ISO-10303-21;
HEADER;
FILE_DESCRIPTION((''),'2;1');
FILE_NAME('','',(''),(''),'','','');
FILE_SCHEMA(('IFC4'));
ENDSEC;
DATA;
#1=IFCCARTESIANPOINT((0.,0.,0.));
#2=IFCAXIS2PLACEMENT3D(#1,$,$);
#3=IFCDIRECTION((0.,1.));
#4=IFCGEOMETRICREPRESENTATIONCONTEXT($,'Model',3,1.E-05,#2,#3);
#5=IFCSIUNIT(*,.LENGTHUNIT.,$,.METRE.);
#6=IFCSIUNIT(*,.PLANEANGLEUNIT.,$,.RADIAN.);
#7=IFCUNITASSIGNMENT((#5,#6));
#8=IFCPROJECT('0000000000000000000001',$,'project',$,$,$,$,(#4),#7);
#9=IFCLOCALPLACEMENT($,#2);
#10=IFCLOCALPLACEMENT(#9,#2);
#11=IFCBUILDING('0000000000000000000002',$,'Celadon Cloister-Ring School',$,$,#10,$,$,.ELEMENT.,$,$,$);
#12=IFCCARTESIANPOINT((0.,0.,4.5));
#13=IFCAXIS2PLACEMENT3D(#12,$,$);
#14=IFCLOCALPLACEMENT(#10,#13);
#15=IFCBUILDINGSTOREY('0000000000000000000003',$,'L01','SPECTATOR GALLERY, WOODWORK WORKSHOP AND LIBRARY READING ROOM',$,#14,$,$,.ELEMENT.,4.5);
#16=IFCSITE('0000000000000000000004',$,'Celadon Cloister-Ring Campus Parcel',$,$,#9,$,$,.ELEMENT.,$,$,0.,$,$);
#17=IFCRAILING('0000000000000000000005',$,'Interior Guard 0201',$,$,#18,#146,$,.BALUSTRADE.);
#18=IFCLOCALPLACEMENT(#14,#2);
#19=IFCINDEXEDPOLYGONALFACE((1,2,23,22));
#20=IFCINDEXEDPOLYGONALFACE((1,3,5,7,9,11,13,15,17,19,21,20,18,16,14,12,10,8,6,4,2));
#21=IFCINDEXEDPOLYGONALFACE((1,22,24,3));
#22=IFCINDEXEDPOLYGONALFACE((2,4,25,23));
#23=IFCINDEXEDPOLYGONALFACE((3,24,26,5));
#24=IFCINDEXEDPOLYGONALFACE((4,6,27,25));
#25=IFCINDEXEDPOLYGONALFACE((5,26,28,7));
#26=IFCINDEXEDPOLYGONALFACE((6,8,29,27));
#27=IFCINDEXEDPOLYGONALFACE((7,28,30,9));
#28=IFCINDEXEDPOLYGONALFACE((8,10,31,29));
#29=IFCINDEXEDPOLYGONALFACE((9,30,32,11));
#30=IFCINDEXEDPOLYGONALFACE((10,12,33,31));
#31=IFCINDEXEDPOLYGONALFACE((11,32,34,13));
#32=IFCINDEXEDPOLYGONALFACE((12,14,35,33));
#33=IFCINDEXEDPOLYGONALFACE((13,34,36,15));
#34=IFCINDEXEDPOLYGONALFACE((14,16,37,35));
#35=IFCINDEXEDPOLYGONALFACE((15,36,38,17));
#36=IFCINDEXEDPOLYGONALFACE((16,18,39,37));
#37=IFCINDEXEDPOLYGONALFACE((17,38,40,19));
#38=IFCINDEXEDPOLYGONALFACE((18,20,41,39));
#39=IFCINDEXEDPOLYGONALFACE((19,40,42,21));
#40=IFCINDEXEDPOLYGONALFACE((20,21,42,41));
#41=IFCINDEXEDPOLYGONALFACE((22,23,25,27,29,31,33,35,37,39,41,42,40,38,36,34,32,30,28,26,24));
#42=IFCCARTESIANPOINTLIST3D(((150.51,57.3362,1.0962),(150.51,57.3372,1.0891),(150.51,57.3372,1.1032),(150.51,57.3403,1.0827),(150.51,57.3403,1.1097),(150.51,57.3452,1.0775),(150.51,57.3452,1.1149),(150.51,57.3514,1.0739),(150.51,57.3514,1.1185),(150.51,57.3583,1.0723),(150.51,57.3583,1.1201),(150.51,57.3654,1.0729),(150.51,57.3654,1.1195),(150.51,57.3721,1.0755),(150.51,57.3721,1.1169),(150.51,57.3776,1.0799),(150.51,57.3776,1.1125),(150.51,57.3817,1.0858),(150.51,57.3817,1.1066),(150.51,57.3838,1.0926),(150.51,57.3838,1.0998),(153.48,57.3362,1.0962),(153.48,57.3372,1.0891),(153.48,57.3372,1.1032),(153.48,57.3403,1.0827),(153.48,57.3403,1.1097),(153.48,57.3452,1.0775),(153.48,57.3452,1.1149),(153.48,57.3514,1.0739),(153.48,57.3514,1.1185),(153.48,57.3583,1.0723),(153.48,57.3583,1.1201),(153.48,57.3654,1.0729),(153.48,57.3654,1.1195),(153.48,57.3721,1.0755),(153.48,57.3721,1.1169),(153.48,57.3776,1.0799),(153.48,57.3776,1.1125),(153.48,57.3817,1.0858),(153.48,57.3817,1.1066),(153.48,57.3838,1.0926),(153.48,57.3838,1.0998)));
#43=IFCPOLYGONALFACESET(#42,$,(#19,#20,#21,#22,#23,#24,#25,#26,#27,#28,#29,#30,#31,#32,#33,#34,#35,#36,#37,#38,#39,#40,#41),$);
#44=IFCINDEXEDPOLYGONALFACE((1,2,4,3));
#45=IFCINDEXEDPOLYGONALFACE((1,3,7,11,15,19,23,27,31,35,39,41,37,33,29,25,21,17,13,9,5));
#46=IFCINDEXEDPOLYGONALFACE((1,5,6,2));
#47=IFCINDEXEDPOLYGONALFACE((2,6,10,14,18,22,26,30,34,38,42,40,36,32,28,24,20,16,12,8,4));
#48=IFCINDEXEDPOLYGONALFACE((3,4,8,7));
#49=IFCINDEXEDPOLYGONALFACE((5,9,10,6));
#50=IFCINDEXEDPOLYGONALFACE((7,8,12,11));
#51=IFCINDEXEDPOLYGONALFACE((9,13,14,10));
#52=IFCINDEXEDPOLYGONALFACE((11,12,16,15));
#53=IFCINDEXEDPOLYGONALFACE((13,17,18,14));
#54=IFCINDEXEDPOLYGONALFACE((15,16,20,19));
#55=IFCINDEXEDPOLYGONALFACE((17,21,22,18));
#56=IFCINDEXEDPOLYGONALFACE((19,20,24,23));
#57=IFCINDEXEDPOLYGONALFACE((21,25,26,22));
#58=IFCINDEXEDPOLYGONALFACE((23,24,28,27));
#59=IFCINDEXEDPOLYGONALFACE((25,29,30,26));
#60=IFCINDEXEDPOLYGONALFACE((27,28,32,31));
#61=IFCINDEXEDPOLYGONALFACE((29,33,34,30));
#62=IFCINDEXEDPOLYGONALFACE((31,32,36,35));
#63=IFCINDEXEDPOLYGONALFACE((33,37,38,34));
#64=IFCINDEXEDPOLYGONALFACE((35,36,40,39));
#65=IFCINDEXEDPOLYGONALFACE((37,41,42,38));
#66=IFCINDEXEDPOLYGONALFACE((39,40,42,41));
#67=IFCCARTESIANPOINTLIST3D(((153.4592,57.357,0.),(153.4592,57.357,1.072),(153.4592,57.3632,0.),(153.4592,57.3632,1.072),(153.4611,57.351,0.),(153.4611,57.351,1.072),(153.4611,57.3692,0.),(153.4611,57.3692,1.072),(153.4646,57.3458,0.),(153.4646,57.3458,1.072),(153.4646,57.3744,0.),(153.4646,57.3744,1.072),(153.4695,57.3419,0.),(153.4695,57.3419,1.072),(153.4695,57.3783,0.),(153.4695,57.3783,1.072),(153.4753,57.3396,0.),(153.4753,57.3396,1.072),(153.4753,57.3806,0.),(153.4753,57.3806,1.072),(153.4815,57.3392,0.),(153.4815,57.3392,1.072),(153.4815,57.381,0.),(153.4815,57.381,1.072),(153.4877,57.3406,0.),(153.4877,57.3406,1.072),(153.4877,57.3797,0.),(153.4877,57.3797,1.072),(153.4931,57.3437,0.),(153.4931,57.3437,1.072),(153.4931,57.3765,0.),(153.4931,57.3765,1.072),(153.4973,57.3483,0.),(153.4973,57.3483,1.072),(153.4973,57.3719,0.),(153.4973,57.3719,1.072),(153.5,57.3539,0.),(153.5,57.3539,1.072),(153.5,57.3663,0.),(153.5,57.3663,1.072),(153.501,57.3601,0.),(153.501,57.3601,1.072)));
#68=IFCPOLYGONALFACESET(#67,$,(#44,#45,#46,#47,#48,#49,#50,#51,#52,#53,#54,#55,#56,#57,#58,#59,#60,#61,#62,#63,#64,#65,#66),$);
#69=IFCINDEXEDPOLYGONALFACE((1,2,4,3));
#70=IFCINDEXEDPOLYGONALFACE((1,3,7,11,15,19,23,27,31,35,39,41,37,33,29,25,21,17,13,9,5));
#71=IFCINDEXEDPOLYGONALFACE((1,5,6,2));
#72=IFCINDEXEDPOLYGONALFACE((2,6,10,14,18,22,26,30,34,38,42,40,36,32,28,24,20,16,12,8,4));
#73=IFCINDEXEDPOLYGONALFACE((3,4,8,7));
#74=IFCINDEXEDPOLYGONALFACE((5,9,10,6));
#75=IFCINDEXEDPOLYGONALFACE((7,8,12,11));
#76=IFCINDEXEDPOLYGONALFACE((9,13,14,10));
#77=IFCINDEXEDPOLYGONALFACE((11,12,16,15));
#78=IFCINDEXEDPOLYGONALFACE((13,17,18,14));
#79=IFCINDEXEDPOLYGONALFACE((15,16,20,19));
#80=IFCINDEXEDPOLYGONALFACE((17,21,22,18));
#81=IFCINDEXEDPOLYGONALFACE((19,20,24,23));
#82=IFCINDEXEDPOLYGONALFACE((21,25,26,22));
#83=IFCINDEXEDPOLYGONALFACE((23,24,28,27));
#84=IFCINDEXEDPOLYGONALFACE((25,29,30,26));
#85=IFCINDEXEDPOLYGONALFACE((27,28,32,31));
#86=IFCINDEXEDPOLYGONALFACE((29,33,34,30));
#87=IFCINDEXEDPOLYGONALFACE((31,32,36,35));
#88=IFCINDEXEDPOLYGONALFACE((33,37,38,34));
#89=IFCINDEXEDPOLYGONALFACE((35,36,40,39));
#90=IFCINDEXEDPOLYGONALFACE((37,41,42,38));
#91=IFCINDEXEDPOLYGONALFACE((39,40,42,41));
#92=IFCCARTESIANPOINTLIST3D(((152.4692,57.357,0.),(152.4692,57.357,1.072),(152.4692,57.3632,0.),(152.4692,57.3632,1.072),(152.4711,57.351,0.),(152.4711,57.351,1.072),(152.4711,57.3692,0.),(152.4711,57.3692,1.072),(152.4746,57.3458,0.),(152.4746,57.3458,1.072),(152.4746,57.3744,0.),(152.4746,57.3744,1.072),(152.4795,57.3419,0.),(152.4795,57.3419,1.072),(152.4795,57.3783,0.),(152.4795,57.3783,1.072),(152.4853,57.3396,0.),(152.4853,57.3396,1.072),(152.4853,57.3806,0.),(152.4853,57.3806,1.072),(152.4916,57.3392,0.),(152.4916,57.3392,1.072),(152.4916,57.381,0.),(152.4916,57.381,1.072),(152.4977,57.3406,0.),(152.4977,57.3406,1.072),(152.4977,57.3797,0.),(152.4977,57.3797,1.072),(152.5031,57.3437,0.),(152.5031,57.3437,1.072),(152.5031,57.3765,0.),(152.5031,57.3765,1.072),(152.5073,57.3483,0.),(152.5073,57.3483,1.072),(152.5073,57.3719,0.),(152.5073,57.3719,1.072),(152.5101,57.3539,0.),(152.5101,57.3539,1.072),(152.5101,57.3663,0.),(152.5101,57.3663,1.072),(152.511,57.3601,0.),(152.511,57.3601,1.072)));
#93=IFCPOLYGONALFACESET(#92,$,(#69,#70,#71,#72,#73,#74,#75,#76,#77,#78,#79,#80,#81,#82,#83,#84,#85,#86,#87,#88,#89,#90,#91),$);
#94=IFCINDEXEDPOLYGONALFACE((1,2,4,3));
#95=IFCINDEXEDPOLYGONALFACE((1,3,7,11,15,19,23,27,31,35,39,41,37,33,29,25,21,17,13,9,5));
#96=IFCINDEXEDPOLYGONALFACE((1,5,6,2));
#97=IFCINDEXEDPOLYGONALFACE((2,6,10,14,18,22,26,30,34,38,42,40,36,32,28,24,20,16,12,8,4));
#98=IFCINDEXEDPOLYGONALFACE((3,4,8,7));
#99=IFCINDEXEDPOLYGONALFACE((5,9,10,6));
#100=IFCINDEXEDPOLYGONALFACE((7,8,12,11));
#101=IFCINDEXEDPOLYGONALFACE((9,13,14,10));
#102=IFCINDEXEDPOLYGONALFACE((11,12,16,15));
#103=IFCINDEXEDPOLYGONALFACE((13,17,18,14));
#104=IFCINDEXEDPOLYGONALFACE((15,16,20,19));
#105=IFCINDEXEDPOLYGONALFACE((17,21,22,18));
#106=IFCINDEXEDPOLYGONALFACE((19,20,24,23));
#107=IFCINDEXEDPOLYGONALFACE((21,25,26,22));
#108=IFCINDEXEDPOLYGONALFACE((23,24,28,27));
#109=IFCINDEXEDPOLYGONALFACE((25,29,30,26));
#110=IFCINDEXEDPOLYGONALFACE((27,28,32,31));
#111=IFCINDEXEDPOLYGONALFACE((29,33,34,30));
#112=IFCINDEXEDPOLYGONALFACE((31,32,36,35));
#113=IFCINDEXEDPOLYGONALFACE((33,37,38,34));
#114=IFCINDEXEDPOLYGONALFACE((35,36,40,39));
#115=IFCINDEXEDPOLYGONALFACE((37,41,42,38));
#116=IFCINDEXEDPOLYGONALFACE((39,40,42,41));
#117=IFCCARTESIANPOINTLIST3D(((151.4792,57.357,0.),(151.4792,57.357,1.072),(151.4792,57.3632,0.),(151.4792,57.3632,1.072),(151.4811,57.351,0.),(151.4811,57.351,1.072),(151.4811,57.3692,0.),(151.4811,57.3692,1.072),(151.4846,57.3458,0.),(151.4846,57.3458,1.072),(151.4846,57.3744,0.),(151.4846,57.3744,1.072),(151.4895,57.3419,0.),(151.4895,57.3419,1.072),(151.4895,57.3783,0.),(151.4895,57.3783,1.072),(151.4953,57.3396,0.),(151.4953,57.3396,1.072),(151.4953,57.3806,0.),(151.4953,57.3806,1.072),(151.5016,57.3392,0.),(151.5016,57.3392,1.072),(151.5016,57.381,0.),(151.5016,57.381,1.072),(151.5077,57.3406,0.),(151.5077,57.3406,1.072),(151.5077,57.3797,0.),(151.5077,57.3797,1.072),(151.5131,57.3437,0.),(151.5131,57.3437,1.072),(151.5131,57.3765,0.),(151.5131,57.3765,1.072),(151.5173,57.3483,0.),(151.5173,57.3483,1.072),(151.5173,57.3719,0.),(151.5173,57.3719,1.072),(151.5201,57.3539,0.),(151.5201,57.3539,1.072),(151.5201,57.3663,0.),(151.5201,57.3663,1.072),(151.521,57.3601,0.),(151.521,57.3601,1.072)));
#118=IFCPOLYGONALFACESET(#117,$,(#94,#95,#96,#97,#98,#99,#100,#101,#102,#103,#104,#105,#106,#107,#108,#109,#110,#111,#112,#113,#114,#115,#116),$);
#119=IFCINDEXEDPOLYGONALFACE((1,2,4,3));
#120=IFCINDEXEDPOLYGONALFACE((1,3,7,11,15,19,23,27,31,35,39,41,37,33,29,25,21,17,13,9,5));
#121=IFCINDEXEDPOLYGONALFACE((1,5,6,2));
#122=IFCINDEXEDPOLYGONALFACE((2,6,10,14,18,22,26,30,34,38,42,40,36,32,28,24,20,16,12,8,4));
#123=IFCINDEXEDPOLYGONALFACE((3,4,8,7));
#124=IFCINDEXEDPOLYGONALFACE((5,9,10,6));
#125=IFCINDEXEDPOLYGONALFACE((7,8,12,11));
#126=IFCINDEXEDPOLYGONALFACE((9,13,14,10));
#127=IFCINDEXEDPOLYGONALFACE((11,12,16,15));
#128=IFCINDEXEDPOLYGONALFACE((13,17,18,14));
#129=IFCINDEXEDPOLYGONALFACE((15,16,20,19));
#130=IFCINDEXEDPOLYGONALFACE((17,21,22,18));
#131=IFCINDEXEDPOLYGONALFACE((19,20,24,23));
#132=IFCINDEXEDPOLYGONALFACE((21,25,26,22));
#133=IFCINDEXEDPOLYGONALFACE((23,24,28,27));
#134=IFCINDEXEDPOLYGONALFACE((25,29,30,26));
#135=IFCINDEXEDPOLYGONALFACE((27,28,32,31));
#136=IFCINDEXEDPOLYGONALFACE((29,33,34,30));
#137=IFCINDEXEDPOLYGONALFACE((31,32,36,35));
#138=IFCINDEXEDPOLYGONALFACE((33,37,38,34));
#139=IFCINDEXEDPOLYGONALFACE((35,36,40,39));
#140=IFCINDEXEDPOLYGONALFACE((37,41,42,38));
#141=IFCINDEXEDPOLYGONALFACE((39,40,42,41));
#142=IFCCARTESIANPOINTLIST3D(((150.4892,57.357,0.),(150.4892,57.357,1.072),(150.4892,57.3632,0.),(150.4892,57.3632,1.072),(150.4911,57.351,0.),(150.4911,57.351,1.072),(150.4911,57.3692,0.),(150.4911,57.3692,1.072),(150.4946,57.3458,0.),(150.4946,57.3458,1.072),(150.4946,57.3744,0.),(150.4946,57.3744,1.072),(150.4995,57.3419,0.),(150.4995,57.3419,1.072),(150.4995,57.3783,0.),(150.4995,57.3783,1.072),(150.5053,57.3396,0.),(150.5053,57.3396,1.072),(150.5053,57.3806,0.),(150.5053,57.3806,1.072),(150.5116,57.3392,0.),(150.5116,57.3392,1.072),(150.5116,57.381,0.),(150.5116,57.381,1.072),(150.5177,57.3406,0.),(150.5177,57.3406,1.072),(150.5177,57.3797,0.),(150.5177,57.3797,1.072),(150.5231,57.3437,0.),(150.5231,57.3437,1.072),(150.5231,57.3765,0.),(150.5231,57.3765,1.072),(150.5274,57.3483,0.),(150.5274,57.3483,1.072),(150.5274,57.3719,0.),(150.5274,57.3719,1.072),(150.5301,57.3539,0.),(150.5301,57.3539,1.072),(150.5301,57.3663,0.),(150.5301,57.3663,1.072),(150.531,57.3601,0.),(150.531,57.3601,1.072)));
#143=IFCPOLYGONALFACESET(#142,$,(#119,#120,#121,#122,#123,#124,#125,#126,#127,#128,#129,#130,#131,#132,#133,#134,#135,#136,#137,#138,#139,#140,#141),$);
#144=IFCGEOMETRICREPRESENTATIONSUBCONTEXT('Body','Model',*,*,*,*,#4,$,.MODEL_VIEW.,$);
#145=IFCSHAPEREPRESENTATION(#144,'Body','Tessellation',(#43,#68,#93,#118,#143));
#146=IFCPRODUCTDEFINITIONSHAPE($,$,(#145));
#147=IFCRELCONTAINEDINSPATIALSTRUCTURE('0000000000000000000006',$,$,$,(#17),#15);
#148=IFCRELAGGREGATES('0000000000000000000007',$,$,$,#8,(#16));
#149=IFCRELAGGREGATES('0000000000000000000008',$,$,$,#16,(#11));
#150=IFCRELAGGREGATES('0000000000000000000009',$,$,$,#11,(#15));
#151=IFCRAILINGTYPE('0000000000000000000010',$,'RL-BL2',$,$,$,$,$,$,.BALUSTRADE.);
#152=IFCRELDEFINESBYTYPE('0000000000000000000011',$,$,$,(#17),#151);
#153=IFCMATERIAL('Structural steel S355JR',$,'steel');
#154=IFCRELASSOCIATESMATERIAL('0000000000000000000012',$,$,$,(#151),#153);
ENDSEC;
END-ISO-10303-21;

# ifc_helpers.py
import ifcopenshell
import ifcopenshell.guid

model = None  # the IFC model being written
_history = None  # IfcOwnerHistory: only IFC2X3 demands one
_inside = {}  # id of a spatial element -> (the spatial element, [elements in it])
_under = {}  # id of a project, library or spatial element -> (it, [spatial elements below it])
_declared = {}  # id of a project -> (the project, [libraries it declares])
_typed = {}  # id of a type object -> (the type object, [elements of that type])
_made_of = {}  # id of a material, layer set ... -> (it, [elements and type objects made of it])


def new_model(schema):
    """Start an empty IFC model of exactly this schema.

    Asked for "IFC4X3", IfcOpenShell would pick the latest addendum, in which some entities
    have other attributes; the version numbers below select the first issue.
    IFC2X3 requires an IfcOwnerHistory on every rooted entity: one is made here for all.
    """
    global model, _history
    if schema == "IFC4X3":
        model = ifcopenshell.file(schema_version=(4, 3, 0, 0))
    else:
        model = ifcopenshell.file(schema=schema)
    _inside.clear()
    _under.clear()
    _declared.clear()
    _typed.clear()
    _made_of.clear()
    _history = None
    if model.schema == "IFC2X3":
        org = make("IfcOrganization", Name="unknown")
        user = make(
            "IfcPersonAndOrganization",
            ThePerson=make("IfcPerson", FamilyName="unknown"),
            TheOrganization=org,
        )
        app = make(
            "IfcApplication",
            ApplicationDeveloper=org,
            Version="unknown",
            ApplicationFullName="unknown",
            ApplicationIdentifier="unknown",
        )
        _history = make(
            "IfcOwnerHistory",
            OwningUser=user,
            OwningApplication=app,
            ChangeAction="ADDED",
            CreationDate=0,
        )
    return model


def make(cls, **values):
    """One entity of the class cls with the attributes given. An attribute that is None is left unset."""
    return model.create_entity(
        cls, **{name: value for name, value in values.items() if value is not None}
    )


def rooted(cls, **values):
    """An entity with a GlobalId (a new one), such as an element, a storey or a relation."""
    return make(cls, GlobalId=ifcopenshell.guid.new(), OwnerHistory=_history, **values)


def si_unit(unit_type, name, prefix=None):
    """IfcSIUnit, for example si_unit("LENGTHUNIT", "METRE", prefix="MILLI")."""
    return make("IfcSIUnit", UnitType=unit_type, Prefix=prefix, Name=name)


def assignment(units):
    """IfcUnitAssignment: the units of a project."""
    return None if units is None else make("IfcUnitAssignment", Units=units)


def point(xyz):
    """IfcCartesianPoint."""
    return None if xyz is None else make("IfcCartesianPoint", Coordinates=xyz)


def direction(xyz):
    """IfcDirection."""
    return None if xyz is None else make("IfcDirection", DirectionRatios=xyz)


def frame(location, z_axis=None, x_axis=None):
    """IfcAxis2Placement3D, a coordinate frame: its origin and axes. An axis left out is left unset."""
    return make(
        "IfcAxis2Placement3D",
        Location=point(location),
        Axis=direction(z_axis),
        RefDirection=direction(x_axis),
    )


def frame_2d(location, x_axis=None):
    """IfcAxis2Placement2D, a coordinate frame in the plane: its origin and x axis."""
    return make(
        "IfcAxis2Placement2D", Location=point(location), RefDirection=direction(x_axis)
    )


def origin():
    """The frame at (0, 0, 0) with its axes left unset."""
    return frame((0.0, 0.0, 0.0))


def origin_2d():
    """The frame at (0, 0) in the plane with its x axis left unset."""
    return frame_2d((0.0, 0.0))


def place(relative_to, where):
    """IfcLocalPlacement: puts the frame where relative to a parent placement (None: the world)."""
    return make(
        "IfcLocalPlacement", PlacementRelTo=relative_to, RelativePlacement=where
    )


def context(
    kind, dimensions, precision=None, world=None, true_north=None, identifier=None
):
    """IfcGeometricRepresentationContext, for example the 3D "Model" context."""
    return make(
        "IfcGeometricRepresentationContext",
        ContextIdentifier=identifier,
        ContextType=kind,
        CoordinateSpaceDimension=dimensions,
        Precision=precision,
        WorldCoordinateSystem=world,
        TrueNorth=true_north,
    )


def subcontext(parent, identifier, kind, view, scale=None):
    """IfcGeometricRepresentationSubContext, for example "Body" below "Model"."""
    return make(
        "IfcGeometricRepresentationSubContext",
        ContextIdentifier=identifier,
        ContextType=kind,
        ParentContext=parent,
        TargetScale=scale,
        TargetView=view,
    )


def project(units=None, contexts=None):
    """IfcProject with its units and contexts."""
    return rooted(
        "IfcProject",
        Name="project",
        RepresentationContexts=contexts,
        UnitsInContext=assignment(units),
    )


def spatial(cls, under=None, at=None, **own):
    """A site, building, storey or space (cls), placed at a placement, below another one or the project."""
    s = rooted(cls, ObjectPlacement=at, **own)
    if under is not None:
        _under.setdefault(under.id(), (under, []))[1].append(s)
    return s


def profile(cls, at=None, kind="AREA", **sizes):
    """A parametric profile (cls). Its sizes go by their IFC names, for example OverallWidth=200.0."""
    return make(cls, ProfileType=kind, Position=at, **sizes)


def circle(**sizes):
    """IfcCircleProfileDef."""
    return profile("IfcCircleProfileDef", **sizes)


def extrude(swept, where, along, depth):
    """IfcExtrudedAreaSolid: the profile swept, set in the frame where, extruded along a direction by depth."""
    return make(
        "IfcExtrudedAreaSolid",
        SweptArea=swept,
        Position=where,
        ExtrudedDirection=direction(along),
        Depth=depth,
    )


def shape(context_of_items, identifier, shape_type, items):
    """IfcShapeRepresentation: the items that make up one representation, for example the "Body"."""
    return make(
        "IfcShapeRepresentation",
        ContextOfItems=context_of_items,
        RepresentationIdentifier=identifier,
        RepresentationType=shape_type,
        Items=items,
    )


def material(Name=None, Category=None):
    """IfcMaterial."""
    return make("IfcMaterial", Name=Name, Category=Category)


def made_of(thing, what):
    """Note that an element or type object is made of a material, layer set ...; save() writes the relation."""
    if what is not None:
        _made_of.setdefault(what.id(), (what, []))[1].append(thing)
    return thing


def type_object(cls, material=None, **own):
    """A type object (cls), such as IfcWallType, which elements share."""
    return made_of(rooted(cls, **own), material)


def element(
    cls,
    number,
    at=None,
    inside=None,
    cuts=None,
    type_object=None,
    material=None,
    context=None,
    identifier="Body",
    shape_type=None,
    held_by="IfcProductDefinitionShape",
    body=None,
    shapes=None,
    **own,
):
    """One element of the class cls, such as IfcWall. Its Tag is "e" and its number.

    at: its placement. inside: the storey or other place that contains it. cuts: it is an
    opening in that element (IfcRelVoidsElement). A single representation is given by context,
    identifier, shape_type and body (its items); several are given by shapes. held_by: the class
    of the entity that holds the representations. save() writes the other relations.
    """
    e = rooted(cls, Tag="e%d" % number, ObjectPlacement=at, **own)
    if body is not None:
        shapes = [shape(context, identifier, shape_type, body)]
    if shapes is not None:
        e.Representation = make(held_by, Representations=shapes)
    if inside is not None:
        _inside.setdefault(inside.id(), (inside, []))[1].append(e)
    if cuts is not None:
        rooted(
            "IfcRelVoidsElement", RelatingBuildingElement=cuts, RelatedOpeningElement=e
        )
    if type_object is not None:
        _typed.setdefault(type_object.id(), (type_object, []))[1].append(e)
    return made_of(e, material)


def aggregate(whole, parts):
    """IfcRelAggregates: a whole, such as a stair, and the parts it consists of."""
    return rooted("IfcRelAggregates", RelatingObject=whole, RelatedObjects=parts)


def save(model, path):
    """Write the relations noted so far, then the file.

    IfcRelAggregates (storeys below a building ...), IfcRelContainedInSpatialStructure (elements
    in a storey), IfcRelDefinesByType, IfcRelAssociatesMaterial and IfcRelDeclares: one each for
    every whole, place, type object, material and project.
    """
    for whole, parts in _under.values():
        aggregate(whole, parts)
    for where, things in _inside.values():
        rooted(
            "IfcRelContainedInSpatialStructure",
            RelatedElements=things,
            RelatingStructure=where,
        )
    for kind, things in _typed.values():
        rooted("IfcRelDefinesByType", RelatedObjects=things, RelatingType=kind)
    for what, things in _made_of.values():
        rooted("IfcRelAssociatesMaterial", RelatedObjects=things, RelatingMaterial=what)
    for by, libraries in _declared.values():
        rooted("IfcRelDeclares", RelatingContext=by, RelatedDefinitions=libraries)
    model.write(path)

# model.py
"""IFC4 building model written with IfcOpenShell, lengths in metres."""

from ifc_helpers import new_model, si_unit, direction, frame, origin, origin_2d, place, context, subcontext, project, spatial, circle, extrude, material, type_object, element, save


model = new_model("IFC4")

# Units and contexts
model_context = context("Model", 3, precision=1e-05, world=origin(), true_north=direction((0.0, 1.0)))
body_context = subcontext(model_context, "Body", "Model", "MODEL_VIEW")
ifc_project = project(units=[si_unit("LENGTHUNIT", "METRE"), si_unit("PLANEANGLEUNIT", "RADIAN")], contexts=[model_context])

# Site, building, storey
site_placement = place(None, origin())
site = spatial("IfcSite", under=ifc_project, at=site_placement, Name="Celadon Cloister-Ring Campus Parcel", CompositionType="ELEMENT", RefElevation=0.0)
building_placement = place(site_placement, origin())
building = spatial("IfcBuilding", under=site, at=building_placement, Name="Celadon Cloister-Ring School", CompositionType="ELEMENT")
storey_placement = place(building_placement, frame((0.0, 0.0, 4.5)))
storey = spatial("IfcBuildingStorey", under=building, at=storey_placement, Name="L01", Description="SPECTATOR GALLERY, WOODWORK WORKSHOP AND LIBRARY READING ROOM", CompositionType="ELEMENT", Elevation=4.5)

# Railing
ifc_material_1 = material(Name="Structural steel S355JR", Category="steel")
railing_type_1 = type_object("IfcRailingType", Name="RL-BL2", PredefinedType="BALUSTRADE", material=ifc_material_1)
railing_1_placement = place(storey_placement, frame((153.48, 57.3601, 0.0)))
element("IfcRailing", 1, at=railing_1_placement, inside=storey, type_object=railing_type_1, Name="Interior Guard 0201", PredefinedType="BALUSTRADE", context=body_context, shape_type="SweptSolid", body=[
    extrude(circle(Radius=0.0239, at=origin_2d()), frame((0.0, 0.0, 1.0962), z_axis=(-1.0, 0.0, 0.0), x_axis=(0.0, -1.0, 0.0)), (0.0, 0.0, 1.0), 2.97),
    extrude(circle(Radius=0.021, at=origin_2d()), origin(), (0.0, 0.0, 1.0), 1.072),
    extrude(circle(Radius=0.021, at=origin_2d()), frame((-0.99, 0.0, 0.0)), (0.0, 0.0, 1.0), 1.072),
    extrude(circle(Radius=0.021, at=origin_2d()), frame((-1.98, 0.0, 0.0)), (0.0, 0.0, 1.0), 1.072),
    extrude(circle(Radius=0.021, at=origin_2d()), frame((-2.97, 0.0, 0.0)), (0.0, 0.0, 1.0), 1.072),
])

save(model, "model.ifc")
